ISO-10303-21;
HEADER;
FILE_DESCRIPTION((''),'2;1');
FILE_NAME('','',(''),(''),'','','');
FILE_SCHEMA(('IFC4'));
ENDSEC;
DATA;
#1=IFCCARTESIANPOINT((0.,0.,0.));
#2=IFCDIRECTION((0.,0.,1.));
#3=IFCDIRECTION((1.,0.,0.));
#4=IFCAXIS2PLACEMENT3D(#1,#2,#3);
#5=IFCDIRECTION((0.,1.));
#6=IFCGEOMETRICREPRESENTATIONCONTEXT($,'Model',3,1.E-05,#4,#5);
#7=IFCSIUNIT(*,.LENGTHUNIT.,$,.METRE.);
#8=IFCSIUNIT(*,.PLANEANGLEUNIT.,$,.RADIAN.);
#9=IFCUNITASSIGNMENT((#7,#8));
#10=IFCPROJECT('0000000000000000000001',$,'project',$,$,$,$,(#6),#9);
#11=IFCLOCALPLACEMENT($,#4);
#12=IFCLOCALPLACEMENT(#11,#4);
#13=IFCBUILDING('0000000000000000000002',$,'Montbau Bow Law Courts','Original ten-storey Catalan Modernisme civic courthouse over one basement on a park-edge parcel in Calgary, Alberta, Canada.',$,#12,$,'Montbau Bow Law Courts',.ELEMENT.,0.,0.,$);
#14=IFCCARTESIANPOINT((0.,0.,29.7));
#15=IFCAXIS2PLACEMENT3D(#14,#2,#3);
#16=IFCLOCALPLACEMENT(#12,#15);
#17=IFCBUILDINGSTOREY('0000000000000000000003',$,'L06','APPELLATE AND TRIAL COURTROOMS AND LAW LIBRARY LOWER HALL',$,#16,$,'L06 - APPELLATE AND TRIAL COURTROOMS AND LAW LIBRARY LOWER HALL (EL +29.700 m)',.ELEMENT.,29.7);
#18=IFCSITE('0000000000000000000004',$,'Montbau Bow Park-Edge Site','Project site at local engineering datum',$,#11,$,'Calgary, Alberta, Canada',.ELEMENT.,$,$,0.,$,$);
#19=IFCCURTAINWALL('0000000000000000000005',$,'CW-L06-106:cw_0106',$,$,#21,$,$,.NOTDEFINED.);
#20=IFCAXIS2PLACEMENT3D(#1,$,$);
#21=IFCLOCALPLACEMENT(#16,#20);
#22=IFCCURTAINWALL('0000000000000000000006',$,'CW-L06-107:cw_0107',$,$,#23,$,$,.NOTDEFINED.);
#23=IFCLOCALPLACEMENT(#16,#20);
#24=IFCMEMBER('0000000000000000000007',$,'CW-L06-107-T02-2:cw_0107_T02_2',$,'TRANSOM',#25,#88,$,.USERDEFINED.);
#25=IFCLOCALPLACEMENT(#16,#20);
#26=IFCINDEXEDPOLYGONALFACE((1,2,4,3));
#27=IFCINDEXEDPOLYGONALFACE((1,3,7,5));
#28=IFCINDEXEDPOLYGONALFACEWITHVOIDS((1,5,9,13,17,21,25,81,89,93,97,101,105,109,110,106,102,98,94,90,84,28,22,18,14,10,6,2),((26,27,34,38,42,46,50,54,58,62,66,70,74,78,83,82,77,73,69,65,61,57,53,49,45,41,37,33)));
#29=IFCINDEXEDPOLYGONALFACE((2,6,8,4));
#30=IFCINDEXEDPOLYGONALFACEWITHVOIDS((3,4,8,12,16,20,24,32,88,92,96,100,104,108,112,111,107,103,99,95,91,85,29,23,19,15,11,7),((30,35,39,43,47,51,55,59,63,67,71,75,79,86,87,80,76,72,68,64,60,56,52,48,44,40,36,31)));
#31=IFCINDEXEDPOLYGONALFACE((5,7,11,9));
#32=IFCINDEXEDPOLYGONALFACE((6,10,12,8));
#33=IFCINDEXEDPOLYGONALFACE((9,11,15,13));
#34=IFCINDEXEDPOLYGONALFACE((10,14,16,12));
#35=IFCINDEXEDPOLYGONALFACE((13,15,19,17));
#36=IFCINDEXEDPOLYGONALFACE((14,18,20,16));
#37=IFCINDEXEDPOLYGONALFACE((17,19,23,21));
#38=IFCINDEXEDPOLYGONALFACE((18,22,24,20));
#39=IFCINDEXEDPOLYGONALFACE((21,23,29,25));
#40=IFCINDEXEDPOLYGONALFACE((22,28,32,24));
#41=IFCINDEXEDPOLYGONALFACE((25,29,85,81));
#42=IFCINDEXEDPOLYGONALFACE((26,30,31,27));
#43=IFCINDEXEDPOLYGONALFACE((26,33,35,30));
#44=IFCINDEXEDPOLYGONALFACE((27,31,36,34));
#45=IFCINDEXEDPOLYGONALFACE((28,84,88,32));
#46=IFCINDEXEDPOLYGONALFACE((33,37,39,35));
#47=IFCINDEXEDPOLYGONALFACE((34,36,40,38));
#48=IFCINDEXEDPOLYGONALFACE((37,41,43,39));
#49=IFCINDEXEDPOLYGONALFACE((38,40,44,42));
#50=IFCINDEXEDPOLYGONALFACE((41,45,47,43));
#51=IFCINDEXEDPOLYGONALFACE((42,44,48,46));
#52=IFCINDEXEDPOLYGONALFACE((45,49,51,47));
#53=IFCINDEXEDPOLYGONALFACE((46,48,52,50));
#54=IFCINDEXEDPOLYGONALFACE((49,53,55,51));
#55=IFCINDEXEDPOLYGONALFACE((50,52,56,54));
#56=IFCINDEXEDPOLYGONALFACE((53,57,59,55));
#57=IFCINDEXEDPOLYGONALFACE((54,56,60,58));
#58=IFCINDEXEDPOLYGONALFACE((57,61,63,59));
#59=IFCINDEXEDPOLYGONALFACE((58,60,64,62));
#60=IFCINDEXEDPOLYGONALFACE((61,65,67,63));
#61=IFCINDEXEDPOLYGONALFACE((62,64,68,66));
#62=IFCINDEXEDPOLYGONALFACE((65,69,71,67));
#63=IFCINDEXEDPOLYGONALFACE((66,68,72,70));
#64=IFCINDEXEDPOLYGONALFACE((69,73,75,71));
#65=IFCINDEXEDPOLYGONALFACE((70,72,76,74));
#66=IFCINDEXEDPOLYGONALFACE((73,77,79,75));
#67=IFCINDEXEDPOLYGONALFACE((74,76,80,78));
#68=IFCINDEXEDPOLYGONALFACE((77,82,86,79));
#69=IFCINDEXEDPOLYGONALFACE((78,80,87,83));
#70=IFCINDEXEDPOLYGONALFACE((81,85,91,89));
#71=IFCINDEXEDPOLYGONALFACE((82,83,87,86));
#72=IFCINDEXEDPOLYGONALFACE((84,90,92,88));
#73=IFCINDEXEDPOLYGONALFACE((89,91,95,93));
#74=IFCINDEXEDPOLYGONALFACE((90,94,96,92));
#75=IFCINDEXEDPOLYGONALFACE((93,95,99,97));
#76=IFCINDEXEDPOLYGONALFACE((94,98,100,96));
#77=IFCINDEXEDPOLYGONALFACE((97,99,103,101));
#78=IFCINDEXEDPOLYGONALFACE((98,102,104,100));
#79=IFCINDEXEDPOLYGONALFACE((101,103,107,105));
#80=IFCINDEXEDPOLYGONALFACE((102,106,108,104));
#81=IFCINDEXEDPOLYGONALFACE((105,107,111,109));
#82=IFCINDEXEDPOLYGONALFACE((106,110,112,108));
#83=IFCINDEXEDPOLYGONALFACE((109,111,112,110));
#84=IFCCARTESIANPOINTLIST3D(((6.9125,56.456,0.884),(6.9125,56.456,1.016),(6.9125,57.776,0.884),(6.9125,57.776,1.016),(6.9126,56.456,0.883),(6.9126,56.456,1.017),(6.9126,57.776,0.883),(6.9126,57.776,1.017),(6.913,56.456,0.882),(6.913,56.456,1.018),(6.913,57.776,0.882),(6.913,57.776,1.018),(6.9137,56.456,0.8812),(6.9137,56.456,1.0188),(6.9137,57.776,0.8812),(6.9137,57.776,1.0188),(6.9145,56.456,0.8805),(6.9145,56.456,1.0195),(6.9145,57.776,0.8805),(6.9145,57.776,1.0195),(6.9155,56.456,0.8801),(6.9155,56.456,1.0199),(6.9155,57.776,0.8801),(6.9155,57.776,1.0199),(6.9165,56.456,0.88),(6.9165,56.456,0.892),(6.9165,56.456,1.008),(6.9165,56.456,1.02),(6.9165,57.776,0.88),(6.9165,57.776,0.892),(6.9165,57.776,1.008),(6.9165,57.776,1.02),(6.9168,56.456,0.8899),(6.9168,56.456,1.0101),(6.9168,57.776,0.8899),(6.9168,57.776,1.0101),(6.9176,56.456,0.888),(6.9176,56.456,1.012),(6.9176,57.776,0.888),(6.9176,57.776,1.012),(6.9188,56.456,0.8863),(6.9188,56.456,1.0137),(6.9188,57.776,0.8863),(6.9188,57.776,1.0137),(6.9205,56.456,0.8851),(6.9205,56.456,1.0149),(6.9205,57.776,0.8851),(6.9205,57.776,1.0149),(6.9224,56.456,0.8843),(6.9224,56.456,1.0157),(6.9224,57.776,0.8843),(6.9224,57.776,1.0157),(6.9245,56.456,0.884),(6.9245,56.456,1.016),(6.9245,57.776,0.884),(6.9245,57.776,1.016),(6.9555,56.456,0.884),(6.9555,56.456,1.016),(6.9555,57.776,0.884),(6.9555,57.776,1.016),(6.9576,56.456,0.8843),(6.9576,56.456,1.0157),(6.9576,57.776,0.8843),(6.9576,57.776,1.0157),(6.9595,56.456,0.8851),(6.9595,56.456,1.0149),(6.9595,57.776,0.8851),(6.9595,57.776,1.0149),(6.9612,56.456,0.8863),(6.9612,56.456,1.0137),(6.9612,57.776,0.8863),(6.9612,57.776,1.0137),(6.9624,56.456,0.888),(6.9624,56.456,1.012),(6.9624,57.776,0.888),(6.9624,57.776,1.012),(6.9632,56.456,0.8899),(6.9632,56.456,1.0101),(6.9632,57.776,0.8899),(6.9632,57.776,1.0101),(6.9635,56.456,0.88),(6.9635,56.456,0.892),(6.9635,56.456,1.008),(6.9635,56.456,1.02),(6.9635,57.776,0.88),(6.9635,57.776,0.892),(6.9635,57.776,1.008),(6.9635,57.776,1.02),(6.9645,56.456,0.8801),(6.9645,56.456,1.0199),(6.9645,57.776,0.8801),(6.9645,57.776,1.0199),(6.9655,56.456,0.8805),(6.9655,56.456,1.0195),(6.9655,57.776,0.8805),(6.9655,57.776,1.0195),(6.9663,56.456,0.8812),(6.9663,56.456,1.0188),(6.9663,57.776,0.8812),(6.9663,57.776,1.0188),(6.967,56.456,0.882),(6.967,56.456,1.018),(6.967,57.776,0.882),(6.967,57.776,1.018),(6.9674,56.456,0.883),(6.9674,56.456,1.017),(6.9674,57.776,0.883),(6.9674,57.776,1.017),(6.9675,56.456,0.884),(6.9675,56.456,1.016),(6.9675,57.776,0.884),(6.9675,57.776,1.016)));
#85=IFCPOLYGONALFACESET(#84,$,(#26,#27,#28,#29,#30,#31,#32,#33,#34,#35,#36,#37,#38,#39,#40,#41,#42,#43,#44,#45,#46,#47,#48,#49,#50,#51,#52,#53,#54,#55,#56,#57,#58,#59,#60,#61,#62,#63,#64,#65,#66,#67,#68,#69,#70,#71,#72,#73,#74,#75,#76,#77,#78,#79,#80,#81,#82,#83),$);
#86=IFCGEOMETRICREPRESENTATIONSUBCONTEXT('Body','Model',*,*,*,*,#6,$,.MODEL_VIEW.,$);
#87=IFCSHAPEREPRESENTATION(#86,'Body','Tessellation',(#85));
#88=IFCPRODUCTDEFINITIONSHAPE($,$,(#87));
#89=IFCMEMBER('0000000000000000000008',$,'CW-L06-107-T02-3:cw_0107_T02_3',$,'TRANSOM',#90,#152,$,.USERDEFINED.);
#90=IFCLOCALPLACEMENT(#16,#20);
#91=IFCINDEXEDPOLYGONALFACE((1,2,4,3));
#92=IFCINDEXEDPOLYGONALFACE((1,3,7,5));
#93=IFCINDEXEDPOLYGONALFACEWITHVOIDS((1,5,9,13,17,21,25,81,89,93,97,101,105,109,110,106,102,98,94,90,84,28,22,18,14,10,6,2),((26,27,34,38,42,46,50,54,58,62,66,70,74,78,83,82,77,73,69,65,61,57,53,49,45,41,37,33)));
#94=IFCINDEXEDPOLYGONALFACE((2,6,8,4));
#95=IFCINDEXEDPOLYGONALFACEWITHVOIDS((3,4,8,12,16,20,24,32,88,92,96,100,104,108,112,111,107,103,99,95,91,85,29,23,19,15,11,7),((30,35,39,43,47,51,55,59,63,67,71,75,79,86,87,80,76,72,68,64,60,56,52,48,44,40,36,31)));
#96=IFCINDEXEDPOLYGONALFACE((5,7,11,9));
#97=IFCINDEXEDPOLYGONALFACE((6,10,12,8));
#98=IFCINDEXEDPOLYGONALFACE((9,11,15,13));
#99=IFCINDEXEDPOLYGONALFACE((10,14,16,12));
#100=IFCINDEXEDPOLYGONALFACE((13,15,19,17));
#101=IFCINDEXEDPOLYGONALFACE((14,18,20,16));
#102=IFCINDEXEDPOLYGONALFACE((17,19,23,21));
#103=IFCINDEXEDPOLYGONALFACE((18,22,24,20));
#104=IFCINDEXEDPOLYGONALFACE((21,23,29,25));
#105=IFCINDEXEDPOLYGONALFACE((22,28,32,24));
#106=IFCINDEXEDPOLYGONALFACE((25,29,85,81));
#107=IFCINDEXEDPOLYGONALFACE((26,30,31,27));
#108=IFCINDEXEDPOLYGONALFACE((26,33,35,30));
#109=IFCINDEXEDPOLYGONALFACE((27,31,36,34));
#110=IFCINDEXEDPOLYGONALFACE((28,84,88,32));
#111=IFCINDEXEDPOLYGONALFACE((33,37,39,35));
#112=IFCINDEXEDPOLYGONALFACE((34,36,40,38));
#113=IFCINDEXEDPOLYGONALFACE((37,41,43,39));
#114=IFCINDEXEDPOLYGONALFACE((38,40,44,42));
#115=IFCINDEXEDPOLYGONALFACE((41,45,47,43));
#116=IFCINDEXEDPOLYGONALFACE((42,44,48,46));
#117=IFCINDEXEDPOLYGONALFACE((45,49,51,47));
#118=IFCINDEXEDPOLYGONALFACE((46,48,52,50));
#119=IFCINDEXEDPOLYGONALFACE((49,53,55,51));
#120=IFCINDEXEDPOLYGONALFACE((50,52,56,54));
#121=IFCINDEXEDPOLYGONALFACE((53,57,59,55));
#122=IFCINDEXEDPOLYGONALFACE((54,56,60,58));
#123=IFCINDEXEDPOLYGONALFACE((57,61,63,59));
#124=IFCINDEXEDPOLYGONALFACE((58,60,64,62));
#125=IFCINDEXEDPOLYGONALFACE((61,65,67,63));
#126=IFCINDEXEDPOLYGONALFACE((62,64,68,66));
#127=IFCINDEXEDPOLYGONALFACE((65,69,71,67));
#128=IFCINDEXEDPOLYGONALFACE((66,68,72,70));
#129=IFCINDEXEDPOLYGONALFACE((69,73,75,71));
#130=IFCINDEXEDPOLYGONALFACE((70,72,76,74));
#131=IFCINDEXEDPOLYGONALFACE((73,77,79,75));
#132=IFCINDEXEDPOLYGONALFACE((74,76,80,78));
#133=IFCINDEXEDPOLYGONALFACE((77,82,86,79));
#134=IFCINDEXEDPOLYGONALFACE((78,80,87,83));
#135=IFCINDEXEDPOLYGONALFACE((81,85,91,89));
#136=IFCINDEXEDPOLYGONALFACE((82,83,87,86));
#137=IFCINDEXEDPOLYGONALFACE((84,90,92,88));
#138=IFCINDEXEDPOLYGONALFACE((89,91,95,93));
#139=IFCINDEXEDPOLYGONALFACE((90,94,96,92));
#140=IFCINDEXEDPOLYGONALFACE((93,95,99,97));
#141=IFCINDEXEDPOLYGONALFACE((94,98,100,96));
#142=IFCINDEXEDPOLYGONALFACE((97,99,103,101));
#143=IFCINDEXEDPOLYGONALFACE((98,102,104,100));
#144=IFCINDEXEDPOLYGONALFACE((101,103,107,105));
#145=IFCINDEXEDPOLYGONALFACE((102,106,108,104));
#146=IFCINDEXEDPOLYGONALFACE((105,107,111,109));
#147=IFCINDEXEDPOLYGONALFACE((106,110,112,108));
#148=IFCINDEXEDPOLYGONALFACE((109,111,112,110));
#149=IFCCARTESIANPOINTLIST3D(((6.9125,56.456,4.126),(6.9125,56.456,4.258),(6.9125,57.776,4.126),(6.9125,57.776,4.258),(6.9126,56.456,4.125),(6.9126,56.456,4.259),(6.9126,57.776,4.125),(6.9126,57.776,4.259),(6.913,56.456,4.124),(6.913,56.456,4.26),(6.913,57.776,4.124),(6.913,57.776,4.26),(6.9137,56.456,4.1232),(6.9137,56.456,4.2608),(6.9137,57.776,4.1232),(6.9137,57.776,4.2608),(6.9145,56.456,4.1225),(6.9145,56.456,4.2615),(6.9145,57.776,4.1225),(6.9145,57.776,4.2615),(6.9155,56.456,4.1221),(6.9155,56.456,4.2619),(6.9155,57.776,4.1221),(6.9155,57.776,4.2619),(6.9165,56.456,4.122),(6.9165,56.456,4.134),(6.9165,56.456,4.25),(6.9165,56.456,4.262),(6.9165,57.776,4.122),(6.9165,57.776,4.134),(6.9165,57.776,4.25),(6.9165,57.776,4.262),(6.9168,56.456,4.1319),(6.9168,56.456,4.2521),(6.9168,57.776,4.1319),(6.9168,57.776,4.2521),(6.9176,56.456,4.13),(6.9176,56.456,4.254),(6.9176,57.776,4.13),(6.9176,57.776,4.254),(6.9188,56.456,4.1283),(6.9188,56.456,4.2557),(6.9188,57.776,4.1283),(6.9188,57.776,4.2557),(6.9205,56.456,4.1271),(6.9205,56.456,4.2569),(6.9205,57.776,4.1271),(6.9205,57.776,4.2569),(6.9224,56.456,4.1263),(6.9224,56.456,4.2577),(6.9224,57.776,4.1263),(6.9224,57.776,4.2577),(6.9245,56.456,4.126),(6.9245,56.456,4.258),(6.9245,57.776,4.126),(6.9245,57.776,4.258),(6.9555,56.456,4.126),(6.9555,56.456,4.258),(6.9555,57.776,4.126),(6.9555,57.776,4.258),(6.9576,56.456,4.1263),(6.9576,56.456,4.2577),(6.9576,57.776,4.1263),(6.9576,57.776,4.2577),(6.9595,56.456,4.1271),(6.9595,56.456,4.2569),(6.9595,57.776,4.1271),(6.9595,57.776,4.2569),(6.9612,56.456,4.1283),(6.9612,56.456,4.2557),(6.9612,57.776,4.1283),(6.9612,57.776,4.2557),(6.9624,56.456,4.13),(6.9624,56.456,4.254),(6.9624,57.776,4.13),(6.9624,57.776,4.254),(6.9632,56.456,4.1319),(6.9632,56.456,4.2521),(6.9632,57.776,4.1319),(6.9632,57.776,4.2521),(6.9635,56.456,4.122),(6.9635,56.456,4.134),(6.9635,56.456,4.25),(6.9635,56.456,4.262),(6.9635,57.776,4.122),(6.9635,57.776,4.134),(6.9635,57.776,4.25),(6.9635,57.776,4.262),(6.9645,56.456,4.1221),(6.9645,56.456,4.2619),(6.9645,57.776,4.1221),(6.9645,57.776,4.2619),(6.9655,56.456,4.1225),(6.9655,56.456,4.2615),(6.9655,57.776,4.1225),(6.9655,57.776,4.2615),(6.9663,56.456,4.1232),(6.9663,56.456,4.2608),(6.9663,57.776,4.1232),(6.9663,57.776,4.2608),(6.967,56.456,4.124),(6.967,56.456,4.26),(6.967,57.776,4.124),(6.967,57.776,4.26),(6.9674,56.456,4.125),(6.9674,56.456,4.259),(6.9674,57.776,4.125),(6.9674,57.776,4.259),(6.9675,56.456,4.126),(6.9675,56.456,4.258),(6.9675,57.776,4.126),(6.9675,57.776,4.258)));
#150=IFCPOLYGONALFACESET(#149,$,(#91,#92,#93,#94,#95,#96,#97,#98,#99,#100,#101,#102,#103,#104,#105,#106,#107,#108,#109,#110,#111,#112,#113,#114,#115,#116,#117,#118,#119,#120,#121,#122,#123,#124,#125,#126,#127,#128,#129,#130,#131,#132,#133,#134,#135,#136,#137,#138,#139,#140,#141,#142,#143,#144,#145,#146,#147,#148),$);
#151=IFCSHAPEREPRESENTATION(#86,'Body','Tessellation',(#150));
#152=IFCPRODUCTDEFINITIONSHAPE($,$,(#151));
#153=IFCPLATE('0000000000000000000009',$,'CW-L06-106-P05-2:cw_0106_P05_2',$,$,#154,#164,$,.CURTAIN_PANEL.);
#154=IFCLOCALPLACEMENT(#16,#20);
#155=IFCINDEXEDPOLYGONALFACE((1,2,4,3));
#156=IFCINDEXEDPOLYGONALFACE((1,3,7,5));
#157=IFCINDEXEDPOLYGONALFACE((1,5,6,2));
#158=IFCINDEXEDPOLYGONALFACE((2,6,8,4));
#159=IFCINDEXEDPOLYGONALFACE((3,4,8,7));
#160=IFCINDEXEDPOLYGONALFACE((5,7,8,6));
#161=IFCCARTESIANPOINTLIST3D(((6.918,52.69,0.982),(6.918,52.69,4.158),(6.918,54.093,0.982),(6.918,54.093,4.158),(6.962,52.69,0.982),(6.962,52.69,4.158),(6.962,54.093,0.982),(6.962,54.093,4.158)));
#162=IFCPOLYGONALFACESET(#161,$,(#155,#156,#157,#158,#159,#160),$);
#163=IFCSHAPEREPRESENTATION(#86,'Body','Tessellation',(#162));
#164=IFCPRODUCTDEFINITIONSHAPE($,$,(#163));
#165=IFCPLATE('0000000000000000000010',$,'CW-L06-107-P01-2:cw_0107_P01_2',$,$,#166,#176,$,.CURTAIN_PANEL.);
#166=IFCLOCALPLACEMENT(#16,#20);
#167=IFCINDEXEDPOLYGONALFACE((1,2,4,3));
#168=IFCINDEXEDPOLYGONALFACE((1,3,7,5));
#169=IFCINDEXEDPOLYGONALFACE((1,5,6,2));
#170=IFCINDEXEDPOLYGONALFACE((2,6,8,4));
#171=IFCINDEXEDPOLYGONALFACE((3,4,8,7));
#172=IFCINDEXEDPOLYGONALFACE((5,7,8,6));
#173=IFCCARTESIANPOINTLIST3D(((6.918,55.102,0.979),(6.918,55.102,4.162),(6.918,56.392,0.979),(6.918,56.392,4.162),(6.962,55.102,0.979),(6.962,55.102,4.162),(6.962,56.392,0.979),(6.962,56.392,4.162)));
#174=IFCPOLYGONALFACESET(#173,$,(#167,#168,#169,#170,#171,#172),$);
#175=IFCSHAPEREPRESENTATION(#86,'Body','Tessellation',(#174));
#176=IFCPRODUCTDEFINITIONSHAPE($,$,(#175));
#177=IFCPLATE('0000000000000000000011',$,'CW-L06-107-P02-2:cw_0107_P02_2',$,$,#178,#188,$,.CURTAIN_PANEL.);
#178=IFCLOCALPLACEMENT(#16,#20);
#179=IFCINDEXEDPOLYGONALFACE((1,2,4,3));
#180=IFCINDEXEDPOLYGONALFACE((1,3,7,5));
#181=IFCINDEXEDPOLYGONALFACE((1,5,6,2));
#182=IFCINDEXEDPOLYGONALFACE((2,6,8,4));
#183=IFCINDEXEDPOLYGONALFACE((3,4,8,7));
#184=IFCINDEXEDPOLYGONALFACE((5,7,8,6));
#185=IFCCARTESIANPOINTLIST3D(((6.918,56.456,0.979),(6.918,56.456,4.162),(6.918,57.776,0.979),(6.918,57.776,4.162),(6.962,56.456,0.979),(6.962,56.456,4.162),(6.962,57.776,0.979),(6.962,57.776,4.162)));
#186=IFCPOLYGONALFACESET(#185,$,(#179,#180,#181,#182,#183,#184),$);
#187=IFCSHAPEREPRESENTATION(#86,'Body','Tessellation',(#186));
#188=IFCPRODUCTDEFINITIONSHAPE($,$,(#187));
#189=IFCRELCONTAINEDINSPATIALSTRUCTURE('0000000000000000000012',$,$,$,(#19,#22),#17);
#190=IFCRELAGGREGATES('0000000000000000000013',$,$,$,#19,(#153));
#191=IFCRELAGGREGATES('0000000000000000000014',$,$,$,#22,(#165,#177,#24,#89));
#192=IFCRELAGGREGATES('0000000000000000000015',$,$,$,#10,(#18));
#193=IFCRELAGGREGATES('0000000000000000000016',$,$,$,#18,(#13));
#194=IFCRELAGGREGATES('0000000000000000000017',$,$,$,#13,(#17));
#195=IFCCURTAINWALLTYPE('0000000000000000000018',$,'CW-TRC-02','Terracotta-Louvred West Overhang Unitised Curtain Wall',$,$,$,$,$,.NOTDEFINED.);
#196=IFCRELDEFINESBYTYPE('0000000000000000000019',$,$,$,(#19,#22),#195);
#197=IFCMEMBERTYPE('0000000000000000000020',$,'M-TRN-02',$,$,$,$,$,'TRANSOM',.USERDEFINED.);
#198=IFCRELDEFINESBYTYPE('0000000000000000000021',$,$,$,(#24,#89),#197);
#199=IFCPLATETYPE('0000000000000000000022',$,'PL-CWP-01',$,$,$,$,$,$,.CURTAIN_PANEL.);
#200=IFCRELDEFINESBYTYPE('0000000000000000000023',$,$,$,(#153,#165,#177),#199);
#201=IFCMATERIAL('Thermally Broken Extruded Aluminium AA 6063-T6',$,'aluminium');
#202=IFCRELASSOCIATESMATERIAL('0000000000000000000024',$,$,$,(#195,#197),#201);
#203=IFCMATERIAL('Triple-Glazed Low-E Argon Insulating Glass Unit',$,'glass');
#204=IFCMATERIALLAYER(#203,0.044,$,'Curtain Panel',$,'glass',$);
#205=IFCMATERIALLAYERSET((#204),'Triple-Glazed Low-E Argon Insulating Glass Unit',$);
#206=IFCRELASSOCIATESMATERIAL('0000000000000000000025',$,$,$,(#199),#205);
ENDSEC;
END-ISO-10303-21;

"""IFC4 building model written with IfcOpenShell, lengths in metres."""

from ifc_helpers import new_model, si_unit, direction, frame, frame_2d, origin_with_axes, origin_2d_with_axis, place, context, subcontext, project, spatial, rectangle, hollow_rectangle, extrude, material, layer, layer_set, material_profile, profile_set, type_object, element, aggregate, save


model = new_model("IFC4")

# Units and contexts
model_context = context("Model", 3, precision=1e-05, world=origin_with_axes(), true_north=direction((0.0, 1.0)))
body_context = subcontext(model_context, "Body", "Model", "MODEL_VIEW")
ifc_project = project(units=[si_unit("LENGTHUNIT", "METRE"), si_unit("PLANEANGLEUNIT", "RADIAN")], contexts=[model_context])

# Site, building, storey
site_placement = place(None, origin_with_axes())
site = spatial("IfcSite", under=ifc_project, at=site_placement, Name="Montbau Bow Park-Edge Site", Description="Project site at local engineering datum", LongName="Calgary, Alberta, Canada", CompositionType="ELEMENT", RefElevation=0.0)
building_placement = place(site_placement, origin_with_axes())
building = spatial("IfcBuilding", under=site, at=building_placement, Name="Montbau Bow Law Courts", Description="Original ten-storey Catalan Modernisme civic courthouse over one basement on a park-edge parcel in Calgary, Alberta, Canada.", LongName="Montbau Bow Law Courts", CompositionType="ELEMENT", ElevationOfRefHeight=0.0, ElevationOfTerrain=0.0)
storey_placement = place(building_placement, frame((0.0, 0.0, 29.7), z_axis=(0.0, 0.0, 1.0), x_axis=(1.0, 0.0, 0.0)))
storey = spatial("IfcBuildingStorey", under=building, at=storey_placement, Name="L06", Description="APPELLATE AND TRIAL COURTROOMS AND LAW LIBRARY LOWER HALL", LongName="L06 - APPELLATE AND TRIAL COURTROOMS AND LAW LIBRARY LOWER HALL (EL +29.700 m)", CompositionType="ELEMENT", Elevation=29.7)

# Curtain walls
ifc_material_1 = material(Name="Thermally Broken Extruded Aluminium AA 6063-T6", Category="aluminium")
curtain_wall_type = type_object("IfcCurtainWallType", Name="CW-TRC-02", Description="Terracotta-Louvred West Overhang Unitised Curtain Wall", PredefinedType="NOTDEFINED", material=ifc_material_1)
curtain_wall_1_placement = place(None, frame((6.94, 46.64, 29.7), z_axis=(0.0, 0.0, 1.0), x_axis=(1.0, 0.0, 0.0)))
curtain_wall_1 = element("IfcCurtainWall", 1, at=curtain_wall_1_placement, inside=storey, type_object=curtain_wall_type, Name="CW-L06-106:cw_0106", PredefinedType="NOTDEFINED")
curtain_wall_2_placement = place(None, frame((6.94, 55.04, 29.7), z_axis=(0.0, 0.0, 1.0), x_axis=(1.0, 0.0, 0.0)))
curtain_wall_2 = element("IfcCurtainWall", 2, at=curtain_wall_2_placement, inside=storey, type_object=curtain_wall_type, Name="CW-L06-107:cw_0107", PredefinedType="NOTDEFINED")

# Members
ifc_material_profile_1 = material_profile(ifc_material_1, hollow_rectangle(XDim=0.055, YDim=0.14, WallThickness=0.004, InnerFilletRadius=0.008, OuterFilletRadius=0.004, at=origin_2d_with_axis()), Name="CWT-140X55", Category="Main", Priority=0)
ifc_profile_set_1 = profile_set([ifc_material_profile_1], Name="Thermally Broken Extruded Aluminium AA 6063-T6")
member_type_1 = type_object("IfcMemberType", Name="M-TRN-02", ElementType="TRANSOM", PredefinedType="USERDEFINED", material=ifc_profile_set_1)
member_1_placement = place(None, frame((6.94, 56.456, 30.65), z_axis=(0.0, 1.0, 0.0), x_axis=(-1.0, 0.0, 0.0)))
member_1 = element("IfcMember", 3, at=member_1_placement, type_object=member_type_1, Name="CW-L06-107-T02-2:cw_0107_T02_2", ObjectType="TRANSOM", PredefinedType="USERDEFINED", context=body_context, shape_type="SweptSolid", body=[
    extrude(hollow_rectangle(XDim=0.055, YDim=0.14, WallThickness=0.004, InnerFilletRadius=0.008, OuterFilletRadius=0.004, at=origin_2d_with_axis()), origin_with_axes(), (0.0, 0.0, 1.0), 1.32),
])
member_2_placement = place(None, frame((6.94, 56.456, 33.892), z_axis=(0.0, 1.0, 0.0), x_axis=(-1.0, 0.0, 0.0)))
member_2 = element("IfcMember", 4, at=member_2_placement, type_object=member_type_1, Name="CW-L06-107-T02-3:cw_0107_T02_3", ObjectType="TRANSOM", PredefinedType="USERDEFINED", context=body_context, shape_type="SweptSolid", body=[
    extrude(hollow_rectangle(XDim=0.055, YDim=0.14, WallThickness=0.004, InnerFilletRadius=0.008, OuterFilletRadius=0.004, at=origin_2d_with_axis()), origin_with_axes(), (0.0, 0.0, 1.0), 1.32),
])

# Plates
ifc_material_2 = material(Name="Triple-Glazed Low-E Argon Insulating Glass Unit", Category="glass")
ifc_layer_1 = layer(ifc_material_2, 0.044, Name="Curtain Panel", Category="glass")
ifc_layer_set_1 = layer_set([ifc_layer_1], Name="Triple-Glazed Low-E Argon Insulating Glass Unit")
plate_type_1 = type_object("IfcPlateType", Name="PL-CWP-01", PredefinedType="CURTAIN_PANEL", material=ifc_layer_set_1)
plate_1_placement = place(None, frame((6.94, 52.69, 30.682), z_axis=(1.0, 0.0, 0.0), x_axis=(0.0, 1.0, 0.0)))
plate_1 = element("IfcPlate", 5, at=plate_1_placement, type_object=plate_type_1, Name="CW-L06-106-P05-2:cw_0106_P05_2", PredefinedType="CURTAIN_PANEL", context=body_context, shape_type="SweptSolid", body=[
    extrude(rectangle(XDim=1.403, YDim=3.176, at=frame_2d((0.7015, 1.588), x_axis=(1.0, 0.0))), frame((0.0, 0.0, -0.022), z_axis=(0.0, 0.0, 1.0), x_axis=(1.0, 0.0, 0.0)), (0.0, 0.0, 1.0), 0.044),
])
plate_2_placement = place(None, frame((6.94, 55.102, 30.679), z_axis=(1.0, 0.0, 0.0), x_axis=(0.0, 1.0, 0.0)))
plate_2 = element("IfcPlate", 6, at=plate_2_placement, type_object=plate_type_1, Name="CW-L06-107-P01-2:cw_0107_P01_2", PredefinedType="CURTAIN_PANEL", context=body_context, shape_type="SweptSolid", body=[
    extrude(rectangle(XDim=1.29, YDim=3.183, at=frame_2d((0.645, 1.5915), x_axis=(1.0, 0.0))), frame((0.0, 0.0, -0.022), z_axis=(0.0, 0.0, 1.0), x_axis=(1.0, 0.0, 0.0)), (0.0, 0.0, 1.0), 0.044),
])
plate_3_placement = place(None, frame((6.94, 56.456, 30.679), z_axis=(1.0, 0.0, 0.0), x_axis=(0.0, 1.0, 0.0)))
plate_3 = element("IfcPlate", 7, at=plate_3_placement, type_object=plate_type_1, Name="CW-L06-107-P02-2:cw_0107_P02_2", PredefinedType="CURTAIN_PANEL", context=body_context, shape_type="SweptSolid", body=[
    extrude(rectangle(XDim=1.32, YDim=3.183, at=frame_2d((0.66, 1.5915), x_axis=(1.0, 0.0))), frame((0.0, 0.0, -0.022), z_axis=(0.0, 0.0, 1.0), x_axis=(1.0, 0.0, 0.0)), (0.0, 0.0, 1.0), 0.044),
])
aggregate(curtain_wall_1, [plate_1])
aggregate(curtain_wall_2, [plate_2, plate_3, member_1, member_2])

save(model, "model.ifc")
